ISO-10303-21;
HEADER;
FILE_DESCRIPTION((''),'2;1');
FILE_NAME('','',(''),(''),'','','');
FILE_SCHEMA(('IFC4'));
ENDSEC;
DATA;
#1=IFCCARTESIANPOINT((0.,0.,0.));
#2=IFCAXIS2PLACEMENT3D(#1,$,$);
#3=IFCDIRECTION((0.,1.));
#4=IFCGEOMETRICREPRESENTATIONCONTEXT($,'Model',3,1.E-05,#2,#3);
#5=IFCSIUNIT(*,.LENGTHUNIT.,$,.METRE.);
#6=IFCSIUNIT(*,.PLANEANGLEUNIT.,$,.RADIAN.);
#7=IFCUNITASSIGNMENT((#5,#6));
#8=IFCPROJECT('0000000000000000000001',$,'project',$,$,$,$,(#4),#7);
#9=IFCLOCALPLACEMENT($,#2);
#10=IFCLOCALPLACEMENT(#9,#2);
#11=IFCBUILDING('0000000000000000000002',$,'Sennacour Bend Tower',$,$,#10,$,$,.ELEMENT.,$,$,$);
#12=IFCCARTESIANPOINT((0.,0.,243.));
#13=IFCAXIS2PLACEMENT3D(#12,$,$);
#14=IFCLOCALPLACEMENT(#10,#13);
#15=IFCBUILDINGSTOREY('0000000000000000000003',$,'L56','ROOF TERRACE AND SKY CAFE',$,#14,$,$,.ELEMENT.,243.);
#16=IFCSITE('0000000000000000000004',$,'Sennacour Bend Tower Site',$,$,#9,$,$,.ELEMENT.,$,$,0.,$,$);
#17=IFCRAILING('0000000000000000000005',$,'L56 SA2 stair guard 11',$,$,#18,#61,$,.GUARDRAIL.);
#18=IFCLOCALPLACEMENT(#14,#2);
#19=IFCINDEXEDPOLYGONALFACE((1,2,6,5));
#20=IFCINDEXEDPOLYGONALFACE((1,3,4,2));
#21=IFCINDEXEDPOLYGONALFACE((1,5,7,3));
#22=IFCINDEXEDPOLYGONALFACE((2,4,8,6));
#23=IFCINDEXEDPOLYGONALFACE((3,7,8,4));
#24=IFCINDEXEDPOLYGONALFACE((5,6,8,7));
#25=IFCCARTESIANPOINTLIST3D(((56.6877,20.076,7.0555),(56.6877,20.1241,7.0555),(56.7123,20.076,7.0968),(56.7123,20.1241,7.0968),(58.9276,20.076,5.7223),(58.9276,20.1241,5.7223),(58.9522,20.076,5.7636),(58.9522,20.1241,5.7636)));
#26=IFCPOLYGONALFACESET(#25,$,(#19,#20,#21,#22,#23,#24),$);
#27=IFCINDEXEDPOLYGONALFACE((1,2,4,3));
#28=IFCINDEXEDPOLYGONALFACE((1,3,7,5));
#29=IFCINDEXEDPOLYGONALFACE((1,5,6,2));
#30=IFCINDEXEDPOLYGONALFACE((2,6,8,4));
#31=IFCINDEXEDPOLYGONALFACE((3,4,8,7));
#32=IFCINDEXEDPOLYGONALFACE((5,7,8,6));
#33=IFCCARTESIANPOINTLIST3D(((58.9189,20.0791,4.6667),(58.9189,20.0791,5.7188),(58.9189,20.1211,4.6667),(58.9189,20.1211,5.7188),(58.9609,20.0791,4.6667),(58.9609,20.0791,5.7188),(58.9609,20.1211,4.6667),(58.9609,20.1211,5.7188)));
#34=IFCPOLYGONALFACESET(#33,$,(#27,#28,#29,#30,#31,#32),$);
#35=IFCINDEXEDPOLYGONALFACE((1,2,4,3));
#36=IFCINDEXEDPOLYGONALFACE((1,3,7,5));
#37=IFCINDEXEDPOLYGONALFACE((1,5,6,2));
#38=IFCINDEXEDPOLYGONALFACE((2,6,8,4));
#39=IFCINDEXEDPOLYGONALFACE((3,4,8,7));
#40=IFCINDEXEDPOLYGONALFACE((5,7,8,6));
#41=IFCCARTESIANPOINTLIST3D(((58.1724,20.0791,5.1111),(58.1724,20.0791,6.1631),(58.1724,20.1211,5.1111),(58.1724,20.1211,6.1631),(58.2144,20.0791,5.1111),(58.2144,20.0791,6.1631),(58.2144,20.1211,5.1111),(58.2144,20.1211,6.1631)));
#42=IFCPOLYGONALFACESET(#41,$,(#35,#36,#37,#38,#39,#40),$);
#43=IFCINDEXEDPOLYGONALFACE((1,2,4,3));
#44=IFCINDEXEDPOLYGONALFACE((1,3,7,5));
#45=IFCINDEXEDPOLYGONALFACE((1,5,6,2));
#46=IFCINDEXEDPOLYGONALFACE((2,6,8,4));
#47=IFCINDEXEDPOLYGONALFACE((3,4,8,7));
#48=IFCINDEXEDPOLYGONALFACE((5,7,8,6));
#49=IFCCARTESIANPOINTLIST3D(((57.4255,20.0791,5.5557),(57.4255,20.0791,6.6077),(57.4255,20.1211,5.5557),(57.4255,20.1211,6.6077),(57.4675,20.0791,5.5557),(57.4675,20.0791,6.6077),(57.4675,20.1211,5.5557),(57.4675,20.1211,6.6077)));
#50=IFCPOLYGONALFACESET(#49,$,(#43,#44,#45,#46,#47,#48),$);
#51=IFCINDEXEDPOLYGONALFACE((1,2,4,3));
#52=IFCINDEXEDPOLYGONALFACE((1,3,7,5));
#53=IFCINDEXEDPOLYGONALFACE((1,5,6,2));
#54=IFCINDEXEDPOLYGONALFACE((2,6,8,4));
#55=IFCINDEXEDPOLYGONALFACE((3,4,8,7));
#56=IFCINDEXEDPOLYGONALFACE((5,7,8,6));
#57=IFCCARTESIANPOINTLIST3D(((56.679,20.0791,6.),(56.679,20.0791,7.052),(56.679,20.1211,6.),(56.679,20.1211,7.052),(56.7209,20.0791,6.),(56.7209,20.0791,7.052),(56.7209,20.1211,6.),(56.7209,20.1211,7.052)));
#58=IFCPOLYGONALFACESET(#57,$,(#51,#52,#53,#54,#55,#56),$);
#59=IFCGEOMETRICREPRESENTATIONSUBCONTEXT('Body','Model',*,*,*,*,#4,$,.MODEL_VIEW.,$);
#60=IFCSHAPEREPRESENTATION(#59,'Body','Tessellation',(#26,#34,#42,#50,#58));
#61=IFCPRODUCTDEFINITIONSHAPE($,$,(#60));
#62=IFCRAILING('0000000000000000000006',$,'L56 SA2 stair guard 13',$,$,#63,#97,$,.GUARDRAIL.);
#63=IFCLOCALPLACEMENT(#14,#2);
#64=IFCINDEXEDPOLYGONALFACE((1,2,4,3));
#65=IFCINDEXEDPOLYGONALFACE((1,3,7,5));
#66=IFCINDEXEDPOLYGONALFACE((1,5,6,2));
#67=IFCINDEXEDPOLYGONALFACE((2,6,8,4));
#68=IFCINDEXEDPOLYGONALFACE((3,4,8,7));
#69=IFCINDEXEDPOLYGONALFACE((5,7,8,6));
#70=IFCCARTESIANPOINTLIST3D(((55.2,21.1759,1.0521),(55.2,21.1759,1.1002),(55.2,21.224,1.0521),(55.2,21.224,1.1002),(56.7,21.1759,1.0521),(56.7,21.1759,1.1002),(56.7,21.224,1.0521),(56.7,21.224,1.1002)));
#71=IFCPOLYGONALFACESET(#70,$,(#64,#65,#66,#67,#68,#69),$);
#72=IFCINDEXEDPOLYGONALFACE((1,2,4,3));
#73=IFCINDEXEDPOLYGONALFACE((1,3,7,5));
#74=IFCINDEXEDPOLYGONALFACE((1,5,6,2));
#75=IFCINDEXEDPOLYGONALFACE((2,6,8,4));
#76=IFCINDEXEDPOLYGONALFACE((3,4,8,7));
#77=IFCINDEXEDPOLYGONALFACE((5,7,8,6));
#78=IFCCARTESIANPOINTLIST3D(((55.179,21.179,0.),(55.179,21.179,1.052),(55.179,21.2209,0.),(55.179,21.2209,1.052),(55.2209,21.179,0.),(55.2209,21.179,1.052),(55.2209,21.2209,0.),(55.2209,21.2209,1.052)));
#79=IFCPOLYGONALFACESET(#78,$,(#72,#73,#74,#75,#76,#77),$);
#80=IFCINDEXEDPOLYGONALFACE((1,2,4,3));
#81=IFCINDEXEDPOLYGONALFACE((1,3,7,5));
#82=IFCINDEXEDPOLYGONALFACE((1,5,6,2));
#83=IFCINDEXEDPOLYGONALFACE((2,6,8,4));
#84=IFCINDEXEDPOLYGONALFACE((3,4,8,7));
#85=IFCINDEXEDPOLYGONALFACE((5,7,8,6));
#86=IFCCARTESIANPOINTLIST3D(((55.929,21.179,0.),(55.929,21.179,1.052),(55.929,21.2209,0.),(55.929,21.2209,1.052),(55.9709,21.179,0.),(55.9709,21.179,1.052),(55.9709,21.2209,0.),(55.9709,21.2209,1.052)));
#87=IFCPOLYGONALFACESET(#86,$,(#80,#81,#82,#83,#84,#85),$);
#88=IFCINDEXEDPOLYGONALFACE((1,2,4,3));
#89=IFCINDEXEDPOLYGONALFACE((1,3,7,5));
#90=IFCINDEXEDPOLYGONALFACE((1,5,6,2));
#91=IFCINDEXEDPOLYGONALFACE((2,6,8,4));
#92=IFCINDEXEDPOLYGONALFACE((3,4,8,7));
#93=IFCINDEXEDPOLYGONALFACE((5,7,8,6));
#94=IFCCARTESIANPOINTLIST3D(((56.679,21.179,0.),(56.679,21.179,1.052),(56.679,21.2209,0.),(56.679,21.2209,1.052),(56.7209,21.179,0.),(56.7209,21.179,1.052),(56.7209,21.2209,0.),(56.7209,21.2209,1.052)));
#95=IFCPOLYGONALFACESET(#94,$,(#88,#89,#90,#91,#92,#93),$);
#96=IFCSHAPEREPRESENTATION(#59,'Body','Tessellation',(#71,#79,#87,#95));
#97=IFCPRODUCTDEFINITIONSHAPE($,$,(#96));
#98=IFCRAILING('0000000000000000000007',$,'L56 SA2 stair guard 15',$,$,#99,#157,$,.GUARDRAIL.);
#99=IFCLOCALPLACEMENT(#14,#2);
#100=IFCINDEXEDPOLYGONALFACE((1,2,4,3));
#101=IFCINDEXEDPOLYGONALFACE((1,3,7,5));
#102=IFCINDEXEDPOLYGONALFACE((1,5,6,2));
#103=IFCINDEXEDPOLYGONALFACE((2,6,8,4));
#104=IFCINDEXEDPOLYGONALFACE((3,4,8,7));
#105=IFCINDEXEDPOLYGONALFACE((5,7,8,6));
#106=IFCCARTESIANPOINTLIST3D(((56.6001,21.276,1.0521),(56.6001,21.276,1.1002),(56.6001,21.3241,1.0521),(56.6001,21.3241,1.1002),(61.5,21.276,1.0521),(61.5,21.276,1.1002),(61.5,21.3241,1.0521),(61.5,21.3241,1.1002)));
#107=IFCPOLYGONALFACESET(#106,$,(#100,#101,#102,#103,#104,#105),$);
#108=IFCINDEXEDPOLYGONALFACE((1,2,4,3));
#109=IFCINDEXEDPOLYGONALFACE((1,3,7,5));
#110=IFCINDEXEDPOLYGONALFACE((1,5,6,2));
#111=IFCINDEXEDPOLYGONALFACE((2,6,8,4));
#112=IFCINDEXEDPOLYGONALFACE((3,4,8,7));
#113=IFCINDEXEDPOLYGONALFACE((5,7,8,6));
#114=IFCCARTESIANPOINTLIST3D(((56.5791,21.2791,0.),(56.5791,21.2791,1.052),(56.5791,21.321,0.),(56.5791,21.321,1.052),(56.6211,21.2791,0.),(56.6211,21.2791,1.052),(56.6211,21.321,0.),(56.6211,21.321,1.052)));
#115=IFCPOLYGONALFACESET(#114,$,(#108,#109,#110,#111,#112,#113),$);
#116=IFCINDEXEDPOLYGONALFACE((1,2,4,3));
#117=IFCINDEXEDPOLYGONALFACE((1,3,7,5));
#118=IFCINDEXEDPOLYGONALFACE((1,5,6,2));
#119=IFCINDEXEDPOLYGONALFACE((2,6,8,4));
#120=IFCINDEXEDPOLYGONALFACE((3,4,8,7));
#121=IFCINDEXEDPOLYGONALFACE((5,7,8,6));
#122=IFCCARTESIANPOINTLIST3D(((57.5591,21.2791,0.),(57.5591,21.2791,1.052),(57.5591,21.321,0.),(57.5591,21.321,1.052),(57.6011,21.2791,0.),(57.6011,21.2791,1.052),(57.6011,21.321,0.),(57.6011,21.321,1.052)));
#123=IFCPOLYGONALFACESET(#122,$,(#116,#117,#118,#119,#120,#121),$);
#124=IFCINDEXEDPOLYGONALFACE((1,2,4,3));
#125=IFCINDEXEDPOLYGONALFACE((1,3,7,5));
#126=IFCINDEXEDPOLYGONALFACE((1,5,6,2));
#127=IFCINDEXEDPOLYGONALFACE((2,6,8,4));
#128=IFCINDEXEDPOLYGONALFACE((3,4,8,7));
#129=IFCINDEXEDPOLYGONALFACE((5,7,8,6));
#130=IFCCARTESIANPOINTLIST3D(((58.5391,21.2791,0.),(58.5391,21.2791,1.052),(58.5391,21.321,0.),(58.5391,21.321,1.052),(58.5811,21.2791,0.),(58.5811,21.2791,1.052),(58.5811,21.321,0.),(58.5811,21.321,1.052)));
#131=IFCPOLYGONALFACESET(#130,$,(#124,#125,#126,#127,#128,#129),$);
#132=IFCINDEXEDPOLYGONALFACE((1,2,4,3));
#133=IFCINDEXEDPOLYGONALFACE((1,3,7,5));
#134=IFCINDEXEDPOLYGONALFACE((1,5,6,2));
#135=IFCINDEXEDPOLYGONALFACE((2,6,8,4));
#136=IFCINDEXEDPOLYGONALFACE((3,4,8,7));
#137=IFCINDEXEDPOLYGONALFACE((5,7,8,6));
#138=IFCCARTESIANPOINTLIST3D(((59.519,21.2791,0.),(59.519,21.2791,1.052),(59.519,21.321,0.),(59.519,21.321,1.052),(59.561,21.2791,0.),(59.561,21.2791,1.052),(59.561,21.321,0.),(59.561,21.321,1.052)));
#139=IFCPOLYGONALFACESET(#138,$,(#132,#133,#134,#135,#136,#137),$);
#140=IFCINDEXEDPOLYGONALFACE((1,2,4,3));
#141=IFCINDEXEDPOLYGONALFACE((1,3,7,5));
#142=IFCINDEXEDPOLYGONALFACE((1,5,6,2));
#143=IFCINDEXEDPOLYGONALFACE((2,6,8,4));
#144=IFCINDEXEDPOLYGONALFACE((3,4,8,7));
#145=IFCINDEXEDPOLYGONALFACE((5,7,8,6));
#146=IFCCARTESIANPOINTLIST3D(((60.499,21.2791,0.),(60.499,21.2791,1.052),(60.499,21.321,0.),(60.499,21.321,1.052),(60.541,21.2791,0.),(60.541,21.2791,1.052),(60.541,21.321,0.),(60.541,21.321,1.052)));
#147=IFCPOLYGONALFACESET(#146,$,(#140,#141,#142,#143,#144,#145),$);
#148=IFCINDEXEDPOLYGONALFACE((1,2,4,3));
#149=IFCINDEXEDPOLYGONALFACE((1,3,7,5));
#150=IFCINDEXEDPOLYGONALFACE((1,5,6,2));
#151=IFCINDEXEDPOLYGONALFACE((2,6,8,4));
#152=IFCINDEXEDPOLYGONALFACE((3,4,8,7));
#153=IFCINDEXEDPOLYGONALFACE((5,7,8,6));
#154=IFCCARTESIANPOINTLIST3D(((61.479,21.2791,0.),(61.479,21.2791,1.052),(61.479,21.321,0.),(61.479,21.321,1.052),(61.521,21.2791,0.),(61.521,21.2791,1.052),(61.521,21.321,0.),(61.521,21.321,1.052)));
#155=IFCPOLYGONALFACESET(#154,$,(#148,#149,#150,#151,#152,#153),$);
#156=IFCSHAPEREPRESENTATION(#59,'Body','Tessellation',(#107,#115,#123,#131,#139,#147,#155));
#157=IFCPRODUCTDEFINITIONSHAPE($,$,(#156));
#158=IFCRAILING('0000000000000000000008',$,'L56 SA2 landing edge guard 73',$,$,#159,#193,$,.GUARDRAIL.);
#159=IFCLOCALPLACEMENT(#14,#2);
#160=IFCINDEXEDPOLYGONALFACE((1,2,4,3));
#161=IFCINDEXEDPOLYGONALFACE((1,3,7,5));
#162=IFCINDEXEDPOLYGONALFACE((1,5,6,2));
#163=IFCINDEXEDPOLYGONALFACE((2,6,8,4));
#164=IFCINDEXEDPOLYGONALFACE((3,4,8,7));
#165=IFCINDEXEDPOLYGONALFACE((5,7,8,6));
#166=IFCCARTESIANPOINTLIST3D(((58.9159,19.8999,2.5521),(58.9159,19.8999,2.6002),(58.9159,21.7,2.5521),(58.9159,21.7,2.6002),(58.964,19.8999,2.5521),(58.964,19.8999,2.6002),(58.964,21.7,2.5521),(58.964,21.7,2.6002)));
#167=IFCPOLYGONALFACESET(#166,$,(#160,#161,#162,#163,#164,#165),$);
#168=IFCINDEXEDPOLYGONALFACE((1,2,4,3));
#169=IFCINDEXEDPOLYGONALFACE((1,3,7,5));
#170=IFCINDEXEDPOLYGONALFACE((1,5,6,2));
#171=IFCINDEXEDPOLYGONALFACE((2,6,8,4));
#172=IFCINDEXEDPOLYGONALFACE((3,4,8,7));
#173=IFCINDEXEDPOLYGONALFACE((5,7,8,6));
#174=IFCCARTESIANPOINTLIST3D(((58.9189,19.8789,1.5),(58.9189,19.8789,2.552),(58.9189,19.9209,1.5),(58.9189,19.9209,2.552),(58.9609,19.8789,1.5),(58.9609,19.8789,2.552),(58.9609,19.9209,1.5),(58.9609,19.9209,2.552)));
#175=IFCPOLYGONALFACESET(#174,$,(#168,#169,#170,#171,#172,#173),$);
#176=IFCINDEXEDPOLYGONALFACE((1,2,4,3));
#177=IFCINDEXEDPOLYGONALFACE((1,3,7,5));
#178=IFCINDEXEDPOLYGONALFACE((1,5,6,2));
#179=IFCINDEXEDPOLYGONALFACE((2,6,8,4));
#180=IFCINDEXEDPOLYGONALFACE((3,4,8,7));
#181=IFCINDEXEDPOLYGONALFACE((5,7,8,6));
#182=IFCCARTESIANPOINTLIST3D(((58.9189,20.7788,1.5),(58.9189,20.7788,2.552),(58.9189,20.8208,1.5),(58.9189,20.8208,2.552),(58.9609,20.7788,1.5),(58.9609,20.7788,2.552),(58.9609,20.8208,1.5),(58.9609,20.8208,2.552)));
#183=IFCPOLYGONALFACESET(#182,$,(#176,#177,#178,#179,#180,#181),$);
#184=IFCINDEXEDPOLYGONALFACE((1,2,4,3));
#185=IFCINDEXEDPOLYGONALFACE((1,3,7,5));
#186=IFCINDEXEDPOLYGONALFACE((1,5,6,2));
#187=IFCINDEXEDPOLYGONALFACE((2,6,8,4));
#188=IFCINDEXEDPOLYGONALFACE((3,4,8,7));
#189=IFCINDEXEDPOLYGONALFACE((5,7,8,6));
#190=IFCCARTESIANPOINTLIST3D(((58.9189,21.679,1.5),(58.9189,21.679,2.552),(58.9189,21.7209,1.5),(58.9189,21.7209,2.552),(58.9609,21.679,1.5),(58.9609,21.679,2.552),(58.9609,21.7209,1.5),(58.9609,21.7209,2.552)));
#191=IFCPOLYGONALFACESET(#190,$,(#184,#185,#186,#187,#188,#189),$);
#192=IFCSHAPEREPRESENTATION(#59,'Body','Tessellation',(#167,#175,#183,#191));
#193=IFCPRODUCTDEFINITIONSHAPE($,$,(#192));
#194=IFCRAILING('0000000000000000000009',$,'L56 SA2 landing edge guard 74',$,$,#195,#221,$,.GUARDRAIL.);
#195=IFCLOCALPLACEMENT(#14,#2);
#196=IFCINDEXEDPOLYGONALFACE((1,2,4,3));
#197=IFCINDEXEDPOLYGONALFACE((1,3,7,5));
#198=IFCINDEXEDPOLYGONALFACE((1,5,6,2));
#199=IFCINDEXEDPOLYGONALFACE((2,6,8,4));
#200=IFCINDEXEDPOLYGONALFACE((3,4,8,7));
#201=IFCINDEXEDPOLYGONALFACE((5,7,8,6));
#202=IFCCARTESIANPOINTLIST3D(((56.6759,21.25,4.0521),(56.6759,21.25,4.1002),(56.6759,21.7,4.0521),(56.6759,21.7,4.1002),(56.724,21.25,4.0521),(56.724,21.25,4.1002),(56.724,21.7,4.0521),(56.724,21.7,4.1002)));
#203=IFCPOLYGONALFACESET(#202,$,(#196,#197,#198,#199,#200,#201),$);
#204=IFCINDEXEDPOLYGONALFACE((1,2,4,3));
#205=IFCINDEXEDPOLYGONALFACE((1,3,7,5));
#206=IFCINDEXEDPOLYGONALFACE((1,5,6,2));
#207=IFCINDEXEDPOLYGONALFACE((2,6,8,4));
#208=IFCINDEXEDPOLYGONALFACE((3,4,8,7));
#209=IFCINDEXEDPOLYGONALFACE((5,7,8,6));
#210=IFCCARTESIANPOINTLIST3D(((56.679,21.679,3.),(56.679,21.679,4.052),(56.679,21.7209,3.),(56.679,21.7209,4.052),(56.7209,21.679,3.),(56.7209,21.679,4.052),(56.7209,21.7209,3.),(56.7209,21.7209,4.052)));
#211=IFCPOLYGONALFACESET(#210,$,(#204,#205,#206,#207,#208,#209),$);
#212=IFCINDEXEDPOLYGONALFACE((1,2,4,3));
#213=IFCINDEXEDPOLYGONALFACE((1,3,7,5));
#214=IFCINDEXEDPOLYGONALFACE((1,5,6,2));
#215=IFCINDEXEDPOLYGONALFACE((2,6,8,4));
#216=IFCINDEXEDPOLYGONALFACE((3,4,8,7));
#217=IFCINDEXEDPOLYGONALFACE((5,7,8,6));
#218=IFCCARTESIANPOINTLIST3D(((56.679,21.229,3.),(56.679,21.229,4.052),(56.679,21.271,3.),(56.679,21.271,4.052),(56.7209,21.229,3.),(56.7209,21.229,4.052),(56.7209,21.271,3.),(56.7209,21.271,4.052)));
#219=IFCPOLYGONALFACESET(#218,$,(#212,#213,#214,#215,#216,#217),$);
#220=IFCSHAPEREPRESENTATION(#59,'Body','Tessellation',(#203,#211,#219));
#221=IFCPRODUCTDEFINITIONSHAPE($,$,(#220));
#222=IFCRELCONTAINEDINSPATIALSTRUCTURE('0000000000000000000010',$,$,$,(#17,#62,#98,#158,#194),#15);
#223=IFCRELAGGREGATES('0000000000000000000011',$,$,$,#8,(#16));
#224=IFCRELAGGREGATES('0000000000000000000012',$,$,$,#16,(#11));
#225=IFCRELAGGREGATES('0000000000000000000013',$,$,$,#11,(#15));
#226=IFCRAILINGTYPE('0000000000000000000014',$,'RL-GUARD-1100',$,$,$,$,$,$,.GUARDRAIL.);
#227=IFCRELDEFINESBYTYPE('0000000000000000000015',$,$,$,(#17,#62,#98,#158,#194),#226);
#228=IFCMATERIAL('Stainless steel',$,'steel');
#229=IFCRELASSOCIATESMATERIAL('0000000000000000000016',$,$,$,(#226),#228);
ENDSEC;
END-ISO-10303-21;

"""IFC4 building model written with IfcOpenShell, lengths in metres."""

from ifc_helpers import new_model, si_unit, direction, frame, origin, origin_2d, place, context, subcontext, project, spatial, rectangle, extrude, material, type_object, element, save


model = new_model("IFC4")

# Units and contexts
model_context = context("Model", 3, precision=1e-05, world=origin(), true_north=direction((0.0, 1.0)))
body_context = subcontext(model_context, "Body", "Model", "MODEL_VIEW")
ifc_project = project(units=[si_unit("LENGTHUNIT", "METRE"), si_unit("PLANEANGLEUNIT", "RADIAN")], contexts=[model_context])

# Site, building, storey
site_placement = place(None, origin())
site = spatial("IfcSite", under=ifc_project, at=site_placement, Name="Sennacour Bend Tower Site", CompositionType="ELEMENT", RefElevation=0.0)
building_placement = place(site_placement, origin())
building = spatial("IfcBuilding", under=site, at=building_placement, Name="Sennacour Bend Tower", CompositionType="ELEMENT")
storey_placement = place(building_placement, frame((0.0, 0.0, 243.0)))
storey = spatial("IfcBuildingStorey", under=building, at=storey_placement, Name="L56", Description="ROOF TERRACE AND SKY CAFE", CompositionType="ELEMENT", Elevation=243.0)

# Railings
ifc_material_1 = material(Name="Stainless steel", Category="steel")
railing_type_1 = type_object("IfcRailingType", Name="RL-GUARD-1100", PredefinedType="GUARDRAIL", material=ifc_material_1)
railing_1_placement = place(storey_placement, frame((58.9399, 20.1001, 4.6667)))
element("IfcRailing", 1, at=railing_1_placement, inside=storey, type_object=railing_type_1, Name="L56 SA2 stair guard 11", PredefinedType="GUARDRAIL", context=body_context, shape_type="SweptSolid", body=[
    extrude(rectangle(XDim=0.0481, YDim=0.0481, at=origin_2d()), frame((0.0, 0.0, 1.0762), z_axis=(-0.859306, 0.0, 0.511462), x_axis=(0.0, -1.0, 0.0)), (0.0, 0.0, 1.0), 2.6067),
    extrude(rectangle(XDim=0.042, YDim=0.042, at=origin_2d()), origin(), (0.0, 0.0, 1.0), 1.052),
    extrude(rectangle(XDim=0.042, YDim=0.042, at=origin_2d()), frame((-0.7466, 0.0, 0.4443)), (0.0, 0.0, 1.0), 1.052),
    extrude(rectangle(XDim=0.042, YDim=0.042, at=origin_2d()), frame((-1.4934, 0.0, 0.8889)), (0.0, 0.0, 1.0), 1.052),
    extrude(rectangle(XDim=0.042, YDim=0.042, at=origin_2d()), frame((-2.24, 0.0, 1.3333)), (0.0, 0.0, 1.0), 1.052),
])
railing_2_placement = place(storey_placement, frame((55.2, 21.2, 0.0)))
element("IfcRailing", 2, at=railing_2_placement, inside=storey, type_object=railing_type_1, Name="L56 SA2 stair guard 13", PredefinedType="GUARDRAIL", context=body_context, shape_type="SweptSolid", body=[
    extrude(rectangle(XDim=0.0481, YDim=0.0481, at=origin_2d()), frame((0.0, 0.0, 1.0762), z_axis=(1.0, 0.0, 0.0), x_axis=(0.0, 1.0, 0.0)), (0.0, 0.0, 1.0), 1.5),
    extrude(rectangle(XDim=0.042, YDim=0.042, at=origin_2d()), origin(), (0.0, 0.0, 1.0), 1.052),
    extrude(rectangle(XDim=0.042, YDim=0.042, at=origin_2d()), frame((0.75, 0.0, 0.0)), (0.0, 0.0, 1.0), 1.052),
    extrude(rectangle(XDim=0.042, YDim=0.042, at=origin_2d()), frame((1.5, 0.0, 0.0)), (0.0, 0.0, 1.0), 1.052),
])
railing_3_placement = place(storey_placement, frame((56.6001, 21.3, 0.0)))
element("IfcRailing", 3, at=railing_3_placement, inside=storey, type_object=railing_type_1, Name="L56 SA2 stair guard 15", PredefinedType="GUARDRAIL", context=body_context, shape_type="SweptSolid", body=[
    extrude(rectangle(XDim=0.0481, YDim=0.0481, at=origin_2d()), frame((0.0, 0.0, 1.0762), z_axis=(1.0, 0.0, 0.0), x_axis=(0.0, 1.0, 0.0)), (0.0, 0.0, 1.0), 4.8999),
    extrude(rectangle(XDim=0.042, YDim=0.042, at=origin_2d()), origin(), (0.0, 0.0, 1.0), 1.052),
    extrude(rectangle(XDim=0.042, YDim=0.042, at=origin_2d()), frame((0.98, 0.0, 0.0)), (0.0, 0.0, 1.0), 1.052),
    extrude(rectangle(XDim=0.042, YDim=0.042, at=origin_2d()), frame((1.96, 0.0, 0.0)), (0.0, 0.0, 1.0), 1.052),
    extrude(rectangle(XDim=0.042, YDim=0.042, at=origin_2d()), frame((2.9399, 0.0, 0.0)), (0.0, 0.0, 1.0), 1.052),
    extrude(rectangle(XDim=0.042, YDim=0.042, at=origin_2d()), frame((3.9199, 0.0, 0.0)), (0.0, 0.0, 1.0), 1.052),
    extrude(rectangle(XDim=0.042, YDim=0.042, at=origin_2d()), frame((4.8999, 0.0, 0.0)), (0.0, 0.0, 1.0), 1.052),
])
railing_4_placement = place(storey_placement, frame((58.9399, 19.8999, 1.5)))
element("IfcRailing", 4, at=railing_4_placement, inside=storey, type_object=railing_type_1, Name="L56 SA2 landing edge guard 73", PredefinedType="GUARDRAIL", context=body_context, shape_type="SweptSolid", body=[
    extrude(rectangle(XDim=0.0481, YDim=0.0481, at=origin_2d()), frame((0.0, 0.0, 1.0762), z_axis=(0.0, 1.0, 0.0), x_axis=(-1.0, 0.0, 0.0)), (0.0, 0.0, 1.0), 1.8),
    extrude(rectangle(XDim=0.042, YDim=0.042, at=origin_2d()), origin(), (0.0, 0.0, 1.0), 1.052),
    extrude(rectangle(XDim=0.042, YDim=0.042, at=origin_2d()), frame((0.0, 0.8999, 0.0)), (0.0, 0.0, 1.0), 1.052),
    extrude(rectangle(XDim=0.042, YDim=0.042, at=origin_2d()), frame((0.0, 1.8, 0.0)), (0.0, 0.0, 1.0), 1.052),
])
railing_5_placement = place(storey_placement, frame((56.7, 21.7, 3.0)))
element("IfcRailing", 5, at=railing_5_placement, inside=storey, type_object=railing_type_1, Name="L56 SA2 landing edge guard 74", PredefinedType="GUARDRAIL", context=body_context, shape_type="SweptSolid", body=[
    extrude(rectangle(XDim=0.0481, YDim=0.0481, at=origin_2d()), frame((0.0, 0.0, 1.0762), z_axis=(0.0, -1.0, 0.0), x_axis=(1.0, 0.0, 0.0)), (0.0, 0.0, 1.0), 0.45),
    extrude(rectangle(XDim=0.042, YDim=0.042, at=origin_2d()), origin(), (0.0, 0.0, 1.0), 1.052),
    extrude(rectangle(XDim=0.042, YDim=0.042, at=origin_2d()), frame((0.0, -0.45, 0.0)), (0.0, 0.0, 1.0), 1.052),
])

save(model, "model.ifc")
